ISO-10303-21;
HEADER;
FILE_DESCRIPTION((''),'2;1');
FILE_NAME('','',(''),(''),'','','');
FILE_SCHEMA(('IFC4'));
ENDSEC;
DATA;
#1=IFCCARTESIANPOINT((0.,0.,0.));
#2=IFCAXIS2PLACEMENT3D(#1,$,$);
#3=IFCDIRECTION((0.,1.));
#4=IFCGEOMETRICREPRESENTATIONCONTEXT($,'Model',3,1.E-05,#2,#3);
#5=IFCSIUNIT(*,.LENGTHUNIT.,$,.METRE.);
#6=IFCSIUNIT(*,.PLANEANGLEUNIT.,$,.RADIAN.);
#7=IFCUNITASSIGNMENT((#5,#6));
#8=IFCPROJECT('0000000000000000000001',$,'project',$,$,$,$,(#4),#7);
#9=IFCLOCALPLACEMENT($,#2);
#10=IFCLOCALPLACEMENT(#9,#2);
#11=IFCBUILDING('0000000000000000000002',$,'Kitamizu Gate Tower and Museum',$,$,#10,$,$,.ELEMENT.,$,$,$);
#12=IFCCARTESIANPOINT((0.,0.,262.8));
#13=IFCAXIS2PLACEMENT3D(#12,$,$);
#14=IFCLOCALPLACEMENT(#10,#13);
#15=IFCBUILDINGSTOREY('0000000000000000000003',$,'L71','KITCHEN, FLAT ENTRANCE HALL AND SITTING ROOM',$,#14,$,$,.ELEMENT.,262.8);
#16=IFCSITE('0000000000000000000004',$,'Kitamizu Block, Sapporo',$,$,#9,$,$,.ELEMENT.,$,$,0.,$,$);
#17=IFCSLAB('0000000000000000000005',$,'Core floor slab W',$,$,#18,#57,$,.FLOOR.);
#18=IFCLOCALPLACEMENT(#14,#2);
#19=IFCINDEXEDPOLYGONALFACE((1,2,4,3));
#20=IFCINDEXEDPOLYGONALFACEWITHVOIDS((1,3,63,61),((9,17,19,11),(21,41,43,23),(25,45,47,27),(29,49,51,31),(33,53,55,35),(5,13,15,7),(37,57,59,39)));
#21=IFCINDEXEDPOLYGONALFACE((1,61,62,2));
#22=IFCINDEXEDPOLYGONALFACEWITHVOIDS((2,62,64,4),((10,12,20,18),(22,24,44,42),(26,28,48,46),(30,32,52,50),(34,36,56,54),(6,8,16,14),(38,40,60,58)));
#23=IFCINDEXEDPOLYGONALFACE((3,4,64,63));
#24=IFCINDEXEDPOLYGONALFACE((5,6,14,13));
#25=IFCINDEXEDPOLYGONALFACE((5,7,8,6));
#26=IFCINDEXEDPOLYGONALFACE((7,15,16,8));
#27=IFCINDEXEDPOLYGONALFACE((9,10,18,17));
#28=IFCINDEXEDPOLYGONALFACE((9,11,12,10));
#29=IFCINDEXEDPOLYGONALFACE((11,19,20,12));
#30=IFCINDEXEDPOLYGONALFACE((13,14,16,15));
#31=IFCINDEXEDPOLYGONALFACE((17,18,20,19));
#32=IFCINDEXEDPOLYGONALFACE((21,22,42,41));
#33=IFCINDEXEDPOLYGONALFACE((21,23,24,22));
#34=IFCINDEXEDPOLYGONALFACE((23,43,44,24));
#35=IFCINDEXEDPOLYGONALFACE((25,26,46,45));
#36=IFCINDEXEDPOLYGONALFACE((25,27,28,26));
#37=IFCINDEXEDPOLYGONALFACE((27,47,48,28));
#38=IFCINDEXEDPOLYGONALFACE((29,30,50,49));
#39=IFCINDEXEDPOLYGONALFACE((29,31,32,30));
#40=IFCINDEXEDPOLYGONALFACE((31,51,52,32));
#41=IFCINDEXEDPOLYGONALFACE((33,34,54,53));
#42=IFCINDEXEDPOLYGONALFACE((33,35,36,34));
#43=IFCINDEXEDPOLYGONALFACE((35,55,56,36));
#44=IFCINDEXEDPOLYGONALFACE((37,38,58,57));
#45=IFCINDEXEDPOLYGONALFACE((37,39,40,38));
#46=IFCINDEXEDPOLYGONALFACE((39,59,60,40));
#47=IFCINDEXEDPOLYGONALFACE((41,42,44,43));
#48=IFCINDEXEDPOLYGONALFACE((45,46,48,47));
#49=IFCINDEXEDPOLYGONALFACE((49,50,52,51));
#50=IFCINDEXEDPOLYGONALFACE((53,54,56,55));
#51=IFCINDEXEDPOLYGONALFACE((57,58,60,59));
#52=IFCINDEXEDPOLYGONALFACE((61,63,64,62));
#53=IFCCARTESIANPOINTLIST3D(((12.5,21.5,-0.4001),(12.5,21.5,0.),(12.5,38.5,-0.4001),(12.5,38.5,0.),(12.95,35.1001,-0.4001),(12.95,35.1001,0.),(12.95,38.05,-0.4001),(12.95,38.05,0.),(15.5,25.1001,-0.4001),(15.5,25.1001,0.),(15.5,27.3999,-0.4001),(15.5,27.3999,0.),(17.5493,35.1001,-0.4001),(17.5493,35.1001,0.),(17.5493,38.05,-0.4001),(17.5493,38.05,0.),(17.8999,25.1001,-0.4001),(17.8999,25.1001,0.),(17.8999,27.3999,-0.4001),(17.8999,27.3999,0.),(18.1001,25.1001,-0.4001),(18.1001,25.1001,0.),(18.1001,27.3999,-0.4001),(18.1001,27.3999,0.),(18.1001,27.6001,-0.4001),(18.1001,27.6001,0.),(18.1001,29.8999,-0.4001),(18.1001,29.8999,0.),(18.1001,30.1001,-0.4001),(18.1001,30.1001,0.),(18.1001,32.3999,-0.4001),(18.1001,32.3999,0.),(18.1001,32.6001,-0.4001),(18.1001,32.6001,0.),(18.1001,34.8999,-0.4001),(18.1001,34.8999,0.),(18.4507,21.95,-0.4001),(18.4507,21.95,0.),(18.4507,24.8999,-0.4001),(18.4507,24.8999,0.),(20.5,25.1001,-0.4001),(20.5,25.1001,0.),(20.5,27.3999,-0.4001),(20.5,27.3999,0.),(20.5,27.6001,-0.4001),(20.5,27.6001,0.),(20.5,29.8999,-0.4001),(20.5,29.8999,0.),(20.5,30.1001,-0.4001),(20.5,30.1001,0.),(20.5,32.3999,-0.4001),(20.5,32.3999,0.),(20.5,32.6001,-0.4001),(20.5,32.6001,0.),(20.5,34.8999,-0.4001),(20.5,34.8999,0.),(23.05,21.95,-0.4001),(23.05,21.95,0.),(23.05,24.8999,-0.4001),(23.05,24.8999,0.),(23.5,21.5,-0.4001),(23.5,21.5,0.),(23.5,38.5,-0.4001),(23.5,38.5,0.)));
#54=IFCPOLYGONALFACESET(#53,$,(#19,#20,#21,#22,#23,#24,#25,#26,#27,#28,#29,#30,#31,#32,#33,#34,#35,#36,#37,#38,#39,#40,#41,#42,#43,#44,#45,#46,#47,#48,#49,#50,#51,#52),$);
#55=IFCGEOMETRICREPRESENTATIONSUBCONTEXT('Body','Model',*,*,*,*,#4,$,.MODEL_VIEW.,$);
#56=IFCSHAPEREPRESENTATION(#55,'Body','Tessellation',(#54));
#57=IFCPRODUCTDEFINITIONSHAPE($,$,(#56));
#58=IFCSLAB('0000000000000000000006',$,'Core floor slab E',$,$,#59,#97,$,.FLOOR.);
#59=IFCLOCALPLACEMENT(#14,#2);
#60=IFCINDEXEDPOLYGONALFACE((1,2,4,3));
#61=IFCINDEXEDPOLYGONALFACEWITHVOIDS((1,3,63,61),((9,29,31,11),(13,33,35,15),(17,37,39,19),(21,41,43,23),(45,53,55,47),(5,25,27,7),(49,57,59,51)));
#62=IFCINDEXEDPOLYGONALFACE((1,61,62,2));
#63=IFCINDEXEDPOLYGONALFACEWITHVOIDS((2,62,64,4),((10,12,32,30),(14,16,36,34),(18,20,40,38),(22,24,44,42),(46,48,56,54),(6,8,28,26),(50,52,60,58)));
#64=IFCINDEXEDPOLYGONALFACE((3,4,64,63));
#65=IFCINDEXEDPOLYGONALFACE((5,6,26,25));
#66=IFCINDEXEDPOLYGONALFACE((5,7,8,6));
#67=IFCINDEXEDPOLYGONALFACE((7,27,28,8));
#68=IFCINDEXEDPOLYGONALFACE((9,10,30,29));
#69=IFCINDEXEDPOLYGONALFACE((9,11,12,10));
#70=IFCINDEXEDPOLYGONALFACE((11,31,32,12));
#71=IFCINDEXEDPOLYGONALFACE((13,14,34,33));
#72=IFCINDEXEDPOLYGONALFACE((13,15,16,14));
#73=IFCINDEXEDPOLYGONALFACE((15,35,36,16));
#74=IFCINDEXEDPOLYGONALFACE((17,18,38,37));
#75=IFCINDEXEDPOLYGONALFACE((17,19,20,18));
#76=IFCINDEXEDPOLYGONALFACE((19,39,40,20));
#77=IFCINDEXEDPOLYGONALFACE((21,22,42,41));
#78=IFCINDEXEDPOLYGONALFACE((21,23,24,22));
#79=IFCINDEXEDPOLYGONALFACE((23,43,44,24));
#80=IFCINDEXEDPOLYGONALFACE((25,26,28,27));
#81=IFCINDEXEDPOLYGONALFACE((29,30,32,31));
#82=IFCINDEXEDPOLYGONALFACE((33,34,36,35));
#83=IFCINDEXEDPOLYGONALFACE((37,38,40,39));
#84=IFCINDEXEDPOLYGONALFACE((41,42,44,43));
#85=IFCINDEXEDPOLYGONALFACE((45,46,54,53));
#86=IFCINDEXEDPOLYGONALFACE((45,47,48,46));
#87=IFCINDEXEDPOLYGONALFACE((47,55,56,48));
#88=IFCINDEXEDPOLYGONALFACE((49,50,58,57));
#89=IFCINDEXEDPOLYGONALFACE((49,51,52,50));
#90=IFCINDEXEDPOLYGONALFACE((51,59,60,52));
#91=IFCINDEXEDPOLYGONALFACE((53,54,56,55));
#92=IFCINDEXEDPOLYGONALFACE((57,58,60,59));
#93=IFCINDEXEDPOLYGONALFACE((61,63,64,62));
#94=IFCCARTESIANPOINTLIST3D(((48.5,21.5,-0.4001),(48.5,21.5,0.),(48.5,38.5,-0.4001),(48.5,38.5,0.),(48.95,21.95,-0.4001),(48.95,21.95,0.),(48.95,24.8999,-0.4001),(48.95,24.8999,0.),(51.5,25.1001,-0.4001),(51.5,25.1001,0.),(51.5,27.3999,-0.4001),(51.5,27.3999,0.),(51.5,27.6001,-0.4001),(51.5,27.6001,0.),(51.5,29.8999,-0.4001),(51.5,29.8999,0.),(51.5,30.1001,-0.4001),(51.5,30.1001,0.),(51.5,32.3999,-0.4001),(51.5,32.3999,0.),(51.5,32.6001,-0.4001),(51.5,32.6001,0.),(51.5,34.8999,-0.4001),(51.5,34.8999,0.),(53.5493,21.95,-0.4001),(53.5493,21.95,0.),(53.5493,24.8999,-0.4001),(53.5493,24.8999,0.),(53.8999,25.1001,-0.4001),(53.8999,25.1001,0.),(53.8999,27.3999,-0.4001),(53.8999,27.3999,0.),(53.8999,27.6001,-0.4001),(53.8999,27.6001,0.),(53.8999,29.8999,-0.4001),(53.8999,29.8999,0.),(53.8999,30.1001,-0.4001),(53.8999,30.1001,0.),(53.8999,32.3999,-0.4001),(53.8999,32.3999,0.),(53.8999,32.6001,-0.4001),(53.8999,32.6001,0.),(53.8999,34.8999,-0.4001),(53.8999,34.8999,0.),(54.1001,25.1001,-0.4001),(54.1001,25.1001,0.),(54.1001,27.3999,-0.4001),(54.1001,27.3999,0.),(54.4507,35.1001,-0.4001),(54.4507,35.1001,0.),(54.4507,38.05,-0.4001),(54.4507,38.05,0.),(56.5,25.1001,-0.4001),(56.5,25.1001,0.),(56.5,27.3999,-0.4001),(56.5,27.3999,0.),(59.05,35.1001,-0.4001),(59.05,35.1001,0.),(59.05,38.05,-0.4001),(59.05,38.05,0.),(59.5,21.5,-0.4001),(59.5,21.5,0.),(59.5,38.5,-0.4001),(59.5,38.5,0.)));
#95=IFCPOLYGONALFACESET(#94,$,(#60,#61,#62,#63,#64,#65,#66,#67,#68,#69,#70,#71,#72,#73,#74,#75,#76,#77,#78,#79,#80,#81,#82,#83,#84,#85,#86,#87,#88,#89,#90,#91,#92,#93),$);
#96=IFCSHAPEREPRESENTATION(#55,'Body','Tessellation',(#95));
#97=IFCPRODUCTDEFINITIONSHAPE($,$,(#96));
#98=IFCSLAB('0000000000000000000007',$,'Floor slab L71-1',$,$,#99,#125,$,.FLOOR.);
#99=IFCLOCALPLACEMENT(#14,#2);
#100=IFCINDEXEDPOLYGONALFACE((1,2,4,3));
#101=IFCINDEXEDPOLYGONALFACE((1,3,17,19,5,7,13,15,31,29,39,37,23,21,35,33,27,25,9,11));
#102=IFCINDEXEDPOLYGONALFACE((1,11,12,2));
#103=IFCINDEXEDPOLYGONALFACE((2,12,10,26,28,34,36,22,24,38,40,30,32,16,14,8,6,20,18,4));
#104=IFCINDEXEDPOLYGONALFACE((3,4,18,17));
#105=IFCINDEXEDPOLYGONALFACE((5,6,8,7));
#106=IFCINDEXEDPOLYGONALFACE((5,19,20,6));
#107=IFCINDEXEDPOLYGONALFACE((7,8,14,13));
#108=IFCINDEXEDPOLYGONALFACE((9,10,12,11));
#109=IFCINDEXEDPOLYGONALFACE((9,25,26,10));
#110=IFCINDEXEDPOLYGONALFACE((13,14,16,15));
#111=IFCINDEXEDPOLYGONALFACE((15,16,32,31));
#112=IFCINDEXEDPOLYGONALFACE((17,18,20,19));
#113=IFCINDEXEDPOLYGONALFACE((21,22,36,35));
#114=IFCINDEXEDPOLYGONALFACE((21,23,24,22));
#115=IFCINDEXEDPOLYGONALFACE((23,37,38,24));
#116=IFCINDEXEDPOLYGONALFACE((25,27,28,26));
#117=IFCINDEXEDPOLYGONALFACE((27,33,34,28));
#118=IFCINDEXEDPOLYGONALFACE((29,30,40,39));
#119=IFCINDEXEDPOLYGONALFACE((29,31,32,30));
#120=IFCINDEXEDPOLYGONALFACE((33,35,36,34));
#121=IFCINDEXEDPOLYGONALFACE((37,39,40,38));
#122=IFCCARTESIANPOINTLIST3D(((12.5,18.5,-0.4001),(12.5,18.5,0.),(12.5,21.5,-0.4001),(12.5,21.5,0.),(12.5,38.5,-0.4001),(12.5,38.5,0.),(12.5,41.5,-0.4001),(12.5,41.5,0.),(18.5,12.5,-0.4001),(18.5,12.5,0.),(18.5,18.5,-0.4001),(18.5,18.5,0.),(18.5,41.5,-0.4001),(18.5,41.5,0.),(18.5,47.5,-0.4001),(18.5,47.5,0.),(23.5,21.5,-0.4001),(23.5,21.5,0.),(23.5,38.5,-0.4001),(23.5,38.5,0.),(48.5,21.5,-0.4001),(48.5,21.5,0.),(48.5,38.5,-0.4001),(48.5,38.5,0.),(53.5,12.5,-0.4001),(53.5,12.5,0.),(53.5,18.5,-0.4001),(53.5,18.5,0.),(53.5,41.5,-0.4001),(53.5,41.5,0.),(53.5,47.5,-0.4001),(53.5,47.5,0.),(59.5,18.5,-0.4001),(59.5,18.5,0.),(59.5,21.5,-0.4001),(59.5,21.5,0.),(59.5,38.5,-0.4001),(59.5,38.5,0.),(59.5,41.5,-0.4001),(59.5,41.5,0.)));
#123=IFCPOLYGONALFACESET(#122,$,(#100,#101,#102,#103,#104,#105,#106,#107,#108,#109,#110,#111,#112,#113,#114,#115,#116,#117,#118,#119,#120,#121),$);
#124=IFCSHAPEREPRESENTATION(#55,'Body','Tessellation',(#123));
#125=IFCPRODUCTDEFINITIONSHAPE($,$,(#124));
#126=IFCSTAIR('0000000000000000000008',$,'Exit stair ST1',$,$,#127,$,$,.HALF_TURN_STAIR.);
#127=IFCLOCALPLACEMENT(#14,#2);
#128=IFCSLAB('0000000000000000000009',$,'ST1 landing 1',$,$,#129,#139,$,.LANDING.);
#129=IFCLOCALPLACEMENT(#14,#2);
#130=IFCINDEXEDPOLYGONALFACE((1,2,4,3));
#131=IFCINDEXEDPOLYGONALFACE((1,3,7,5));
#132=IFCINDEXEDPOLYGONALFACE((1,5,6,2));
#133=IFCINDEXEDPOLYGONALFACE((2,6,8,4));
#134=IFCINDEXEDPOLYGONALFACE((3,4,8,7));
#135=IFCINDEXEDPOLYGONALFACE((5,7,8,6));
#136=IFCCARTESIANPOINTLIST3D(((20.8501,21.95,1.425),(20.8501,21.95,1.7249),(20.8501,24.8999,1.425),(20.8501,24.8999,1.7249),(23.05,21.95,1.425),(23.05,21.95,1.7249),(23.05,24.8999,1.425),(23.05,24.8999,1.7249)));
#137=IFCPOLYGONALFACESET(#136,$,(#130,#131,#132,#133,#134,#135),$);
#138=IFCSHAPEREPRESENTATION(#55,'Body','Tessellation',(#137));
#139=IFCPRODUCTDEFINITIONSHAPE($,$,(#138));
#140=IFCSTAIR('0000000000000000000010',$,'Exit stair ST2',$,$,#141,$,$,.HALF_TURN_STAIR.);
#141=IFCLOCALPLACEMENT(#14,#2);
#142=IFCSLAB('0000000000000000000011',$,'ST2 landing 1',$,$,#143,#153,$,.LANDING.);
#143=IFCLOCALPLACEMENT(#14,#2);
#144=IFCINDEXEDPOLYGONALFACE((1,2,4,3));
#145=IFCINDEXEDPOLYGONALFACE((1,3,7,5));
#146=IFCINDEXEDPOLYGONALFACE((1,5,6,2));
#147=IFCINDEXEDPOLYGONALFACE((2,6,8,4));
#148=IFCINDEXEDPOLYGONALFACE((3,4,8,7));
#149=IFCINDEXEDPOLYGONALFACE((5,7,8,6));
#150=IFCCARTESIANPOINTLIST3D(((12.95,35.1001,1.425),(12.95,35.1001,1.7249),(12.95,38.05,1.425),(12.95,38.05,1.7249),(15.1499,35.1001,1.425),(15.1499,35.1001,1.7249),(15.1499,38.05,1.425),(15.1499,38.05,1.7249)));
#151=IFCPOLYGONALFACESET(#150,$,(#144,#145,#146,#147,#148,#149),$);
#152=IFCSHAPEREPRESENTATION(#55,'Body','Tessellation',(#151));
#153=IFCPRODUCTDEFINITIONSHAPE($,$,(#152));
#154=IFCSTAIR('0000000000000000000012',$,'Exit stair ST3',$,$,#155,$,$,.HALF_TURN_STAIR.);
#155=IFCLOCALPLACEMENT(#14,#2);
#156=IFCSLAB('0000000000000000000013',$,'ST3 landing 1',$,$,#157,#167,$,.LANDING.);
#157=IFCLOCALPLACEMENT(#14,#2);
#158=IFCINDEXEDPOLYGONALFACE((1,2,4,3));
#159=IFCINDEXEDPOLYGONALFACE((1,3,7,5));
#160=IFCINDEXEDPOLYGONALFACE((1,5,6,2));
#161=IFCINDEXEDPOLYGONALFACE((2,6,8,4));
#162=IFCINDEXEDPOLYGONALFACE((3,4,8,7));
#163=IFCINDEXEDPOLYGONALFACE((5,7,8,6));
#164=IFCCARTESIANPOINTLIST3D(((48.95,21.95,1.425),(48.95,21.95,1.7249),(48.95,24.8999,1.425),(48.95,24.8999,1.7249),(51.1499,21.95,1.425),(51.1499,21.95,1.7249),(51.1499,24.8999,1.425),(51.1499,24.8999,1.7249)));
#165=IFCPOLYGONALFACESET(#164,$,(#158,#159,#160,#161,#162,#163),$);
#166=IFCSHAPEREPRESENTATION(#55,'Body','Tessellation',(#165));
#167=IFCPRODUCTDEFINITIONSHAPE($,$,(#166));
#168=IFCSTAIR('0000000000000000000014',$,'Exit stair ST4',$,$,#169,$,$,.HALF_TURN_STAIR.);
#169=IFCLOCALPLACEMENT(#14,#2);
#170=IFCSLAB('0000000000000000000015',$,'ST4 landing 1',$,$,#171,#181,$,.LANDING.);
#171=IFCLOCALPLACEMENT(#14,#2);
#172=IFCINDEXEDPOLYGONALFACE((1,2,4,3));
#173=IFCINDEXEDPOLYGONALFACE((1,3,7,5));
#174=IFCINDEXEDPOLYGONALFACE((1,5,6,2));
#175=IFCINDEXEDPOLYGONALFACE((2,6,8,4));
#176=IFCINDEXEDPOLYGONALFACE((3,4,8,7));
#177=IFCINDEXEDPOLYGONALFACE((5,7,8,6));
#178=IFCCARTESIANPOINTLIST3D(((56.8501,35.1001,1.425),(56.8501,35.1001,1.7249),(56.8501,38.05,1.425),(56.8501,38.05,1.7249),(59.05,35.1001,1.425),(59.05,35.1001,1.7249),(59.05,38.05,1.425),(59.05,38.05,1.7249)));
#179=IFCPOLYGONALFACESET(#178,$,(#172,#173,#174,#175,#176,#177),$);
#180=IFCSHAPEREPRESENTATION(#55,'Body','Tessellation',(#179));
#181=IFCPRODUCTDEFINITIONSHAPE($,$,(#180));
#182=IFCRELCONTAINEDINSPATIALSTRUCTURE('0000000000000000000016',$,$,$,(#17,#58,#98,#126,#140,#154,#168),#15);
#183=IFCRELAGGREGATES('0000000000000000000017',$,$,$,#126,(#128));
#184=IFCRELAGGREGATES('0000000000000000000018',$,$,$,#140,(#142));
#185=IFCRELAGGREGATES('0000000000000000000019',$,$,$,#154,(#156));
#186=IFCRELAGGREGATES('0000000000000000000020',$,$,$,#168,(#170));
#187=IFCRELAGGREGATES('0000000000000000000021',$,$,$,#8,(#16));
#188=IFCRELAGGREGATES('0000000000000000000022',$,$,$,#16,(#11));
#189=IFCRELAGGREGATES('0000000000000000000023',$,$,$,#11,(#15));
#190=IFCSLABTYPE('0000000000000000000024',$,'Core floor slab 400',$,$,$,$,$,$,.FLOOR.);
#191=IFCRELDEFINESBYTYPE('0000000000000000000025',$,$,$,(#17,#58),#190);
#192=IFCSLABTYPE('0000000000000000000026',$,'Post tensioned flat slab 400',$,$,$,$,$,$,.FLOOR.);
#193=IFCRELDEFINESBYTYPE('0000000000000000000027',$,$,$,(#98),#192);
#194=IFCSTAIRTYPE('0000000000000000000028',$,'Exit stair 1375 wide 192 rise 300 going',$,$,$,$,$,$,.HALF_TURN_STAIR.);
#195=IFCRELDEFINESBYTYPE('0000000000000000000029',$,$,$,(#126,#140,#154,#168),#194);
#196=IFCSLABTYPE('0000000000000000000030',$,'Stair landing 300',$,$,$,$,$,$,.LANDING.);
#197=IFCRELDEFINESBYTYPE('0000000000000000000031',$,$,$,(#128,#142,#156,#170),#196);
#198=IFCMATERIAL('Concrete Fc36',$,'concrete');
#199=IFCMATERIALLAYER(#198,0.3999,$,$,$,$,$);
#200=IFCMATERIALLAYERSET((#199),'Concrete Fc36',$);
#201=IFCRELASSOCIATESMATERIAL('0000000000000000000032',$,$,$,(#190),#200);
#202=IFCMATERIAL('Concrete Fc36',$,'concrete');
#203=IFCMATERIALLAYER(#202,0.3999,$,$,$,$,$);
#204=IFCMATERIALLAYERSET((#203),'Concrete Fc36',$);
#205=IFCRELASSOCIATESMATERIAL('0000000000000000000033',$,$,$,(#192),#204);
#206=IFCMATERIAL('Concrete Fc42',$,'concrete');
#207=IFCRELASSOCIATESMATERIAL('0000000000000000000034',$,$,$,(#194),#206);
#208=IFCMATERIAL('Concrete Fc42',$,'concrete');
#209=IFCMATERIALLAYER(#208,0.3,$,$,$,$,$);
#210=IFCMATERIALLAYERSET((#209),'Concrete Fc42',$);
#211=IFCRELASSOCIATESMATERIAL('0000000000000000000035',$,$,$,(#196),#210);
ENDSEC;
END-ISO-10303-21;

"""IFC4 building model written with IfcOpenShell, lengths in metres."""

from ifc_helpers import new_model, si_unit, direction, frame, origin, place, context, subcontext, project, spatial, polyline, outline, extrude, material, layer, layer_set, type_object, element, aggregate, save


model = new_model("IFC4")

# Units and contexts
model_context = context("Model", 3, precision=1e-05, world=origin(), true_north=direction((0.0, 1.0)))
body_context = subcontext(model_context, "Body", "Model", "MODEL_VIEW")
ifc_project = project(units=[si_unit("LENGTHUNIT", "METRE"), si_unit("PLANEANGLEUNIT", "RADIAN")], contexts=[model_context])

# Site, building, storey
site_placement = place(None, origin())
site = spatial("IfcSite", under=ifc_project, at=site_placement, Name="Kitamizu Block, Sapporo", CompositionType="ELEMENT", RefElevation=0.0)
building_placement = place(site_placement, origin())
building = spatial("IfcBuilding", under=site, at=building_placement, Name="Kitamizu Gate Tower and Museum", CompositionType="ELEMENT")
storey_placement = place(building_placement, frame((0.0, 0.0, 262.8)))
storey = spatial("IfcBuildingStorey", under=building, at=storey_placement, Name="L71", Description="KITCHEN, FLAT ENTRANCE HALL AND SITTING ROOM", CompositionType="ELEMENT", Elevation=262.8)

# Slabs
ifc_material_1 = material(Name="Concrete Fc36", Category="concrete")
ifc_layer_1 = layer(ifc_material_1, 0.3999)
ifc_layer_set_1 = layer_set([ifc_layer_1], Name="Concrete Fc36")
slab_type_1 = type_object("IfcSlabType", Name="Core floor slab 400", PredefinedType="FLOOR", material=ifc_layer_set_1)
slab_1_placement = place(storey_placement, frame((0.0, 0.0, -0.4001)))
element("IfcSlab", 1, at=slab_1_placement, inside=storey, type_object=slab_type_1, Name="Core floor slab W", PredefinedType="FLOOR", context=body_context, shape_type="SweptSolid", body=[
    extrude(outline(polyline([(12.5, 21.5), (23.5, 21.5), (23.5, 38.5), (12.5, 38.5), (12.5, 21.5)]), holes=[polyline([(15.5, 25.1001), (17.8999, 25.1001), (17.8999, 27.3999), (15.5, 27.3999), (15.5, 25.1001)]), polyline([(18.1001, 25.1001), (20.5, 25.1001), (20.5, 27.3999), (18.1001, 27.3999), (18.1001, 25.1001)]), polyline([(18.1001, 27.6001), (20.5, 27.6001), (20.5, 29.8999), (18.1001, 29.8999), (18.1001, 27.6001)]), polyline([(18.1001, 30.1001), (20.5, 30.1001), (20.5, 32.3999), (18.1001, 32.3999), (18.1001, 30.1001)]), polyline([(18.1001, 32.6001), (20.5, 32.6001), (20.5, 34.8999), (18.1001, 34.8999), (18.1001, 32.6001)]), polyline([(18.4507, 21.95), (23.05, 21.95), (23.05, 24.8999), (18.4507, 24.8999), (18.4507, 21.95)]), polyline([(12.95, 35.1001), (17.5493, 35.1001), (17.5493, 38.05), (12.95, 38.05), (12.95, 35.1001)])]), origin(), (0.0, 0.0, 1.0), 0.4001),
])
slab_2_placement = place(storey_placement, frame((0.0, 0.0, -0.4001)))
element("IfcSlab", 2, at=slab_2_placement, inside=storey, type_object=slab_type_1, Name="Core floor slab E", PredefinedType="FLOOR", context=body_context, shape_type="SweptSolid", body=[
    extrude(outline(polyline([(48.5, 21.5), (59.5, 21.5), (59.5, 38.5), (48.5, 38.5), (48.5, 21.5)]), holes=[polyline([(54.1001, 25.1001), (56.5, 25.1001), (56.5, 27.3999), (54.1001, 27.3999), (54.1001, 25.1001)]), polyline([(51.5, 25.1001), (53.8999, 25.1001), (53.8999, 27.3999), (51.5, 27.3999), (51.5, 25.1001)]), polyline([(51.5, 27.6001), (53.8999, 27.6001), (53.8999, 29.8999), (51.5, 29.8999), (51.5, 27.6001)]), polyline([(51.5, 30.1001), (53.8999, 30.1001), (53.8999, 32.3999), (51.5, 32.3999), (51.5, 30.1001)]), polyline([(51.5, 32.6001), (53.8999, 32.6001), (53.8999, 34.8999), (51.5, 34.8999), (51.5, 32.6001)]), polyline([(48.95, 21.95), (53.5493, 21.95), (53.5493, 24.8999), (48.95, 24.8999), (48.95, 21.95)]), polyline([(54.4507, 35.1001), (59.05, 35.1001), (59.05, 38.05), (54.4507, 38.05), (54.4507, 35.1001)])]), origin(), (0.0, 0.0, 1.0), 0.4001),
])
ifc_material_2 = material(Name="Concrete Fc36", Category="concrete")
ifc_layer_2 = layer(ifc_material_2, 0.3999)
ifc_layer_set_2 = layer_set([ifc_layer_2], Name="Concrete Fc36")
slab_type_2 = type_object("IfcSlabType", Name="Post tensioned flat slab 400", PredefinedType="FLOOR", material=ifc_layer_set_2)
slab_3_placement = place(storey_placement, frame((0.0, 0.0, -0.4001)))
element("IfcSlab", 3, at=slab_3_placement, inside=storey, type_object=slab_type_2, Name="Floor slab L71-1", PredefinedType="FLOOR", context=body_context, shape_type="SweptSolid", body=[
    extrude(outline(polyline([(12.5, 18.5), (12.5, 21.5), (23.5, 21.5), (23.5, 38.5), (12.5, 38.5), (12.5, 41.5), (18.5, 41.5), (18.5, 47.5), (53.5, 47.5), (53.5, 41.5), (59.5, 41.5), (59.5, 38.5), (48.5, 38.5), (48.5, 21.5), (59.5, 21.5), (59.5, 18.5), (53.5, 18.5), (53.5, 12.5), (18.5, 12.5), (18.5, 18.5), (12.5, 18.5)])), origin(), (0.0, 0.0, 1.0), 0.4001),
])

# Stairs, slabs
ifc_material_3 = material(Name="Concrete Fc42", Category="concrete")
stair_type = type_object("IfcStairType", Name="Exit stair 1375 wide 192 rise 300 going", PredefinedType="HALF_TURN_STAIR", material=ifc_material_3)
stair_1_placement = place(storey_placement, origin())
stair_1 = element("IfcStair", 4, at=stair_1_placement, inside=storey, type_object=stair_type, Name="Exit stair ST1", PredefinedType="HALF_TURN_STAIR")
ifc_material_4 = material(Name="Concrete Fc42", Category="concrete")
ifc_layer_3 = layer(ifc_material_4, 0.3)
ifc_layer_set_3 = layer_set([ifc_layer_3], Name="Concrete Fc42")
slab_type_3 = type_object("IfcSlabType", Name="Stair landing 300", PredefinedType="LANDING", material=ifc_layer_set_3)
slab_4_placement = place(storey_placement, frame((0.0, 0.0, 1.425)))
slab_4 = element("IfcSlab", 5, at=slab_4_placement, type_object=slab_type_3, Name="ST1 landing 1", PredefinedType="LANDING", context=body_context, shape_type="SweptSolid", body=[
    extrude(outline(polyline([(20.8501, 21.95), (23.05, 21.95), (23.05, 24.8999), (20.8501, 24.8999), (20.8501, 21.95)])), origin(), (0.0, 0.0, 1.0), 0.2998),
])
aggregate(stair_1, [slab_4])
stair_2_placement = place(storey_placement, origin())
stair_2 = element("IfcStair", 6, at=stair_2_placement, inside=storey, type_object=stair_type, Name="Exit stair ST2", PredefinedType="HALF_TURN_STAIR")
slab_5_placement = place(storey_placement, frame((0.0, 0.0, 1.425)))
slab_5 = element("IfcSlab", 7, at=slab_5_placement, type_object=slab_type_3, Name="ST2 landing 1", PredefinedType="LANDING", context=body_context, shape_type="SweptSolid", body=[
    extrude(outline(polyline([(12.95, 35.1001), (15.1499, 35.1001), (15.1499, 38.05), (12.95, 38.05), (12.95, 35.1001)])), origin(), (0.0, 0.0, 1.0), 0.2998),
])
aggregate(stair_2, [slab_5])
stair_3_placement = place(storey_placement, origin())
stair_3 = element("IfcStair", 8, at=stair_3_placement, inside=storey, type_object=stair_type, Name="Exit stair ST3", PredefinedType="HALF_TURN_STAIR")
slab_6_placement = place(storey_placement, frame((0.0, 0.0, 1.425)))
slab_6 = element("IfcSlab", 9, at=slab_6_placement, type_object=slab_type_3, Name="ST3 landing 1", PredefinedType="LANDING", context=body_context, shape_type="SweptSolid", body=[
    extrude(outline(polyline([(48.95, 21.95), (51.1499, 21.95), (51.1499, 24.8999), (48.95, 24.8999), (48.95, 21.95)])), origin(), (0.0, 0.0, 1.0), 0.2998),
])
aggregate(stair_3, [slab_6])
stair_4_placement = place(storey_placement, origin())
stair_4 = element("IfcStair", 10, at=stair_4_placement, inside=storey, type_object=stair_type, Name="Exit stair ST4", PredefinedType="HALF_TURN_STAIR")
slab_7_placement = place(storey_placement, frame((0.0, 0.0, 1.425)))
slab_7 = element("IfcSlab", 11, at=slab_7_placement, type_object=slab_type_3, Name="ST4 landing 1", PredefinedType="LANDING", context=body_context, shape_type="SweptSolid", body=[
    extrude(outline(polyline([(56.8501, 35.1001), (59.05, 35.1001), (59.05, 38.05), (56.8501, 38.05), (56.8501, 35.1001)])), origin(), (0.0, 0.0, 1.0), 0.2998),
])
aggregate(stair_4, [slab_7])

save(model, "model.ifc")
